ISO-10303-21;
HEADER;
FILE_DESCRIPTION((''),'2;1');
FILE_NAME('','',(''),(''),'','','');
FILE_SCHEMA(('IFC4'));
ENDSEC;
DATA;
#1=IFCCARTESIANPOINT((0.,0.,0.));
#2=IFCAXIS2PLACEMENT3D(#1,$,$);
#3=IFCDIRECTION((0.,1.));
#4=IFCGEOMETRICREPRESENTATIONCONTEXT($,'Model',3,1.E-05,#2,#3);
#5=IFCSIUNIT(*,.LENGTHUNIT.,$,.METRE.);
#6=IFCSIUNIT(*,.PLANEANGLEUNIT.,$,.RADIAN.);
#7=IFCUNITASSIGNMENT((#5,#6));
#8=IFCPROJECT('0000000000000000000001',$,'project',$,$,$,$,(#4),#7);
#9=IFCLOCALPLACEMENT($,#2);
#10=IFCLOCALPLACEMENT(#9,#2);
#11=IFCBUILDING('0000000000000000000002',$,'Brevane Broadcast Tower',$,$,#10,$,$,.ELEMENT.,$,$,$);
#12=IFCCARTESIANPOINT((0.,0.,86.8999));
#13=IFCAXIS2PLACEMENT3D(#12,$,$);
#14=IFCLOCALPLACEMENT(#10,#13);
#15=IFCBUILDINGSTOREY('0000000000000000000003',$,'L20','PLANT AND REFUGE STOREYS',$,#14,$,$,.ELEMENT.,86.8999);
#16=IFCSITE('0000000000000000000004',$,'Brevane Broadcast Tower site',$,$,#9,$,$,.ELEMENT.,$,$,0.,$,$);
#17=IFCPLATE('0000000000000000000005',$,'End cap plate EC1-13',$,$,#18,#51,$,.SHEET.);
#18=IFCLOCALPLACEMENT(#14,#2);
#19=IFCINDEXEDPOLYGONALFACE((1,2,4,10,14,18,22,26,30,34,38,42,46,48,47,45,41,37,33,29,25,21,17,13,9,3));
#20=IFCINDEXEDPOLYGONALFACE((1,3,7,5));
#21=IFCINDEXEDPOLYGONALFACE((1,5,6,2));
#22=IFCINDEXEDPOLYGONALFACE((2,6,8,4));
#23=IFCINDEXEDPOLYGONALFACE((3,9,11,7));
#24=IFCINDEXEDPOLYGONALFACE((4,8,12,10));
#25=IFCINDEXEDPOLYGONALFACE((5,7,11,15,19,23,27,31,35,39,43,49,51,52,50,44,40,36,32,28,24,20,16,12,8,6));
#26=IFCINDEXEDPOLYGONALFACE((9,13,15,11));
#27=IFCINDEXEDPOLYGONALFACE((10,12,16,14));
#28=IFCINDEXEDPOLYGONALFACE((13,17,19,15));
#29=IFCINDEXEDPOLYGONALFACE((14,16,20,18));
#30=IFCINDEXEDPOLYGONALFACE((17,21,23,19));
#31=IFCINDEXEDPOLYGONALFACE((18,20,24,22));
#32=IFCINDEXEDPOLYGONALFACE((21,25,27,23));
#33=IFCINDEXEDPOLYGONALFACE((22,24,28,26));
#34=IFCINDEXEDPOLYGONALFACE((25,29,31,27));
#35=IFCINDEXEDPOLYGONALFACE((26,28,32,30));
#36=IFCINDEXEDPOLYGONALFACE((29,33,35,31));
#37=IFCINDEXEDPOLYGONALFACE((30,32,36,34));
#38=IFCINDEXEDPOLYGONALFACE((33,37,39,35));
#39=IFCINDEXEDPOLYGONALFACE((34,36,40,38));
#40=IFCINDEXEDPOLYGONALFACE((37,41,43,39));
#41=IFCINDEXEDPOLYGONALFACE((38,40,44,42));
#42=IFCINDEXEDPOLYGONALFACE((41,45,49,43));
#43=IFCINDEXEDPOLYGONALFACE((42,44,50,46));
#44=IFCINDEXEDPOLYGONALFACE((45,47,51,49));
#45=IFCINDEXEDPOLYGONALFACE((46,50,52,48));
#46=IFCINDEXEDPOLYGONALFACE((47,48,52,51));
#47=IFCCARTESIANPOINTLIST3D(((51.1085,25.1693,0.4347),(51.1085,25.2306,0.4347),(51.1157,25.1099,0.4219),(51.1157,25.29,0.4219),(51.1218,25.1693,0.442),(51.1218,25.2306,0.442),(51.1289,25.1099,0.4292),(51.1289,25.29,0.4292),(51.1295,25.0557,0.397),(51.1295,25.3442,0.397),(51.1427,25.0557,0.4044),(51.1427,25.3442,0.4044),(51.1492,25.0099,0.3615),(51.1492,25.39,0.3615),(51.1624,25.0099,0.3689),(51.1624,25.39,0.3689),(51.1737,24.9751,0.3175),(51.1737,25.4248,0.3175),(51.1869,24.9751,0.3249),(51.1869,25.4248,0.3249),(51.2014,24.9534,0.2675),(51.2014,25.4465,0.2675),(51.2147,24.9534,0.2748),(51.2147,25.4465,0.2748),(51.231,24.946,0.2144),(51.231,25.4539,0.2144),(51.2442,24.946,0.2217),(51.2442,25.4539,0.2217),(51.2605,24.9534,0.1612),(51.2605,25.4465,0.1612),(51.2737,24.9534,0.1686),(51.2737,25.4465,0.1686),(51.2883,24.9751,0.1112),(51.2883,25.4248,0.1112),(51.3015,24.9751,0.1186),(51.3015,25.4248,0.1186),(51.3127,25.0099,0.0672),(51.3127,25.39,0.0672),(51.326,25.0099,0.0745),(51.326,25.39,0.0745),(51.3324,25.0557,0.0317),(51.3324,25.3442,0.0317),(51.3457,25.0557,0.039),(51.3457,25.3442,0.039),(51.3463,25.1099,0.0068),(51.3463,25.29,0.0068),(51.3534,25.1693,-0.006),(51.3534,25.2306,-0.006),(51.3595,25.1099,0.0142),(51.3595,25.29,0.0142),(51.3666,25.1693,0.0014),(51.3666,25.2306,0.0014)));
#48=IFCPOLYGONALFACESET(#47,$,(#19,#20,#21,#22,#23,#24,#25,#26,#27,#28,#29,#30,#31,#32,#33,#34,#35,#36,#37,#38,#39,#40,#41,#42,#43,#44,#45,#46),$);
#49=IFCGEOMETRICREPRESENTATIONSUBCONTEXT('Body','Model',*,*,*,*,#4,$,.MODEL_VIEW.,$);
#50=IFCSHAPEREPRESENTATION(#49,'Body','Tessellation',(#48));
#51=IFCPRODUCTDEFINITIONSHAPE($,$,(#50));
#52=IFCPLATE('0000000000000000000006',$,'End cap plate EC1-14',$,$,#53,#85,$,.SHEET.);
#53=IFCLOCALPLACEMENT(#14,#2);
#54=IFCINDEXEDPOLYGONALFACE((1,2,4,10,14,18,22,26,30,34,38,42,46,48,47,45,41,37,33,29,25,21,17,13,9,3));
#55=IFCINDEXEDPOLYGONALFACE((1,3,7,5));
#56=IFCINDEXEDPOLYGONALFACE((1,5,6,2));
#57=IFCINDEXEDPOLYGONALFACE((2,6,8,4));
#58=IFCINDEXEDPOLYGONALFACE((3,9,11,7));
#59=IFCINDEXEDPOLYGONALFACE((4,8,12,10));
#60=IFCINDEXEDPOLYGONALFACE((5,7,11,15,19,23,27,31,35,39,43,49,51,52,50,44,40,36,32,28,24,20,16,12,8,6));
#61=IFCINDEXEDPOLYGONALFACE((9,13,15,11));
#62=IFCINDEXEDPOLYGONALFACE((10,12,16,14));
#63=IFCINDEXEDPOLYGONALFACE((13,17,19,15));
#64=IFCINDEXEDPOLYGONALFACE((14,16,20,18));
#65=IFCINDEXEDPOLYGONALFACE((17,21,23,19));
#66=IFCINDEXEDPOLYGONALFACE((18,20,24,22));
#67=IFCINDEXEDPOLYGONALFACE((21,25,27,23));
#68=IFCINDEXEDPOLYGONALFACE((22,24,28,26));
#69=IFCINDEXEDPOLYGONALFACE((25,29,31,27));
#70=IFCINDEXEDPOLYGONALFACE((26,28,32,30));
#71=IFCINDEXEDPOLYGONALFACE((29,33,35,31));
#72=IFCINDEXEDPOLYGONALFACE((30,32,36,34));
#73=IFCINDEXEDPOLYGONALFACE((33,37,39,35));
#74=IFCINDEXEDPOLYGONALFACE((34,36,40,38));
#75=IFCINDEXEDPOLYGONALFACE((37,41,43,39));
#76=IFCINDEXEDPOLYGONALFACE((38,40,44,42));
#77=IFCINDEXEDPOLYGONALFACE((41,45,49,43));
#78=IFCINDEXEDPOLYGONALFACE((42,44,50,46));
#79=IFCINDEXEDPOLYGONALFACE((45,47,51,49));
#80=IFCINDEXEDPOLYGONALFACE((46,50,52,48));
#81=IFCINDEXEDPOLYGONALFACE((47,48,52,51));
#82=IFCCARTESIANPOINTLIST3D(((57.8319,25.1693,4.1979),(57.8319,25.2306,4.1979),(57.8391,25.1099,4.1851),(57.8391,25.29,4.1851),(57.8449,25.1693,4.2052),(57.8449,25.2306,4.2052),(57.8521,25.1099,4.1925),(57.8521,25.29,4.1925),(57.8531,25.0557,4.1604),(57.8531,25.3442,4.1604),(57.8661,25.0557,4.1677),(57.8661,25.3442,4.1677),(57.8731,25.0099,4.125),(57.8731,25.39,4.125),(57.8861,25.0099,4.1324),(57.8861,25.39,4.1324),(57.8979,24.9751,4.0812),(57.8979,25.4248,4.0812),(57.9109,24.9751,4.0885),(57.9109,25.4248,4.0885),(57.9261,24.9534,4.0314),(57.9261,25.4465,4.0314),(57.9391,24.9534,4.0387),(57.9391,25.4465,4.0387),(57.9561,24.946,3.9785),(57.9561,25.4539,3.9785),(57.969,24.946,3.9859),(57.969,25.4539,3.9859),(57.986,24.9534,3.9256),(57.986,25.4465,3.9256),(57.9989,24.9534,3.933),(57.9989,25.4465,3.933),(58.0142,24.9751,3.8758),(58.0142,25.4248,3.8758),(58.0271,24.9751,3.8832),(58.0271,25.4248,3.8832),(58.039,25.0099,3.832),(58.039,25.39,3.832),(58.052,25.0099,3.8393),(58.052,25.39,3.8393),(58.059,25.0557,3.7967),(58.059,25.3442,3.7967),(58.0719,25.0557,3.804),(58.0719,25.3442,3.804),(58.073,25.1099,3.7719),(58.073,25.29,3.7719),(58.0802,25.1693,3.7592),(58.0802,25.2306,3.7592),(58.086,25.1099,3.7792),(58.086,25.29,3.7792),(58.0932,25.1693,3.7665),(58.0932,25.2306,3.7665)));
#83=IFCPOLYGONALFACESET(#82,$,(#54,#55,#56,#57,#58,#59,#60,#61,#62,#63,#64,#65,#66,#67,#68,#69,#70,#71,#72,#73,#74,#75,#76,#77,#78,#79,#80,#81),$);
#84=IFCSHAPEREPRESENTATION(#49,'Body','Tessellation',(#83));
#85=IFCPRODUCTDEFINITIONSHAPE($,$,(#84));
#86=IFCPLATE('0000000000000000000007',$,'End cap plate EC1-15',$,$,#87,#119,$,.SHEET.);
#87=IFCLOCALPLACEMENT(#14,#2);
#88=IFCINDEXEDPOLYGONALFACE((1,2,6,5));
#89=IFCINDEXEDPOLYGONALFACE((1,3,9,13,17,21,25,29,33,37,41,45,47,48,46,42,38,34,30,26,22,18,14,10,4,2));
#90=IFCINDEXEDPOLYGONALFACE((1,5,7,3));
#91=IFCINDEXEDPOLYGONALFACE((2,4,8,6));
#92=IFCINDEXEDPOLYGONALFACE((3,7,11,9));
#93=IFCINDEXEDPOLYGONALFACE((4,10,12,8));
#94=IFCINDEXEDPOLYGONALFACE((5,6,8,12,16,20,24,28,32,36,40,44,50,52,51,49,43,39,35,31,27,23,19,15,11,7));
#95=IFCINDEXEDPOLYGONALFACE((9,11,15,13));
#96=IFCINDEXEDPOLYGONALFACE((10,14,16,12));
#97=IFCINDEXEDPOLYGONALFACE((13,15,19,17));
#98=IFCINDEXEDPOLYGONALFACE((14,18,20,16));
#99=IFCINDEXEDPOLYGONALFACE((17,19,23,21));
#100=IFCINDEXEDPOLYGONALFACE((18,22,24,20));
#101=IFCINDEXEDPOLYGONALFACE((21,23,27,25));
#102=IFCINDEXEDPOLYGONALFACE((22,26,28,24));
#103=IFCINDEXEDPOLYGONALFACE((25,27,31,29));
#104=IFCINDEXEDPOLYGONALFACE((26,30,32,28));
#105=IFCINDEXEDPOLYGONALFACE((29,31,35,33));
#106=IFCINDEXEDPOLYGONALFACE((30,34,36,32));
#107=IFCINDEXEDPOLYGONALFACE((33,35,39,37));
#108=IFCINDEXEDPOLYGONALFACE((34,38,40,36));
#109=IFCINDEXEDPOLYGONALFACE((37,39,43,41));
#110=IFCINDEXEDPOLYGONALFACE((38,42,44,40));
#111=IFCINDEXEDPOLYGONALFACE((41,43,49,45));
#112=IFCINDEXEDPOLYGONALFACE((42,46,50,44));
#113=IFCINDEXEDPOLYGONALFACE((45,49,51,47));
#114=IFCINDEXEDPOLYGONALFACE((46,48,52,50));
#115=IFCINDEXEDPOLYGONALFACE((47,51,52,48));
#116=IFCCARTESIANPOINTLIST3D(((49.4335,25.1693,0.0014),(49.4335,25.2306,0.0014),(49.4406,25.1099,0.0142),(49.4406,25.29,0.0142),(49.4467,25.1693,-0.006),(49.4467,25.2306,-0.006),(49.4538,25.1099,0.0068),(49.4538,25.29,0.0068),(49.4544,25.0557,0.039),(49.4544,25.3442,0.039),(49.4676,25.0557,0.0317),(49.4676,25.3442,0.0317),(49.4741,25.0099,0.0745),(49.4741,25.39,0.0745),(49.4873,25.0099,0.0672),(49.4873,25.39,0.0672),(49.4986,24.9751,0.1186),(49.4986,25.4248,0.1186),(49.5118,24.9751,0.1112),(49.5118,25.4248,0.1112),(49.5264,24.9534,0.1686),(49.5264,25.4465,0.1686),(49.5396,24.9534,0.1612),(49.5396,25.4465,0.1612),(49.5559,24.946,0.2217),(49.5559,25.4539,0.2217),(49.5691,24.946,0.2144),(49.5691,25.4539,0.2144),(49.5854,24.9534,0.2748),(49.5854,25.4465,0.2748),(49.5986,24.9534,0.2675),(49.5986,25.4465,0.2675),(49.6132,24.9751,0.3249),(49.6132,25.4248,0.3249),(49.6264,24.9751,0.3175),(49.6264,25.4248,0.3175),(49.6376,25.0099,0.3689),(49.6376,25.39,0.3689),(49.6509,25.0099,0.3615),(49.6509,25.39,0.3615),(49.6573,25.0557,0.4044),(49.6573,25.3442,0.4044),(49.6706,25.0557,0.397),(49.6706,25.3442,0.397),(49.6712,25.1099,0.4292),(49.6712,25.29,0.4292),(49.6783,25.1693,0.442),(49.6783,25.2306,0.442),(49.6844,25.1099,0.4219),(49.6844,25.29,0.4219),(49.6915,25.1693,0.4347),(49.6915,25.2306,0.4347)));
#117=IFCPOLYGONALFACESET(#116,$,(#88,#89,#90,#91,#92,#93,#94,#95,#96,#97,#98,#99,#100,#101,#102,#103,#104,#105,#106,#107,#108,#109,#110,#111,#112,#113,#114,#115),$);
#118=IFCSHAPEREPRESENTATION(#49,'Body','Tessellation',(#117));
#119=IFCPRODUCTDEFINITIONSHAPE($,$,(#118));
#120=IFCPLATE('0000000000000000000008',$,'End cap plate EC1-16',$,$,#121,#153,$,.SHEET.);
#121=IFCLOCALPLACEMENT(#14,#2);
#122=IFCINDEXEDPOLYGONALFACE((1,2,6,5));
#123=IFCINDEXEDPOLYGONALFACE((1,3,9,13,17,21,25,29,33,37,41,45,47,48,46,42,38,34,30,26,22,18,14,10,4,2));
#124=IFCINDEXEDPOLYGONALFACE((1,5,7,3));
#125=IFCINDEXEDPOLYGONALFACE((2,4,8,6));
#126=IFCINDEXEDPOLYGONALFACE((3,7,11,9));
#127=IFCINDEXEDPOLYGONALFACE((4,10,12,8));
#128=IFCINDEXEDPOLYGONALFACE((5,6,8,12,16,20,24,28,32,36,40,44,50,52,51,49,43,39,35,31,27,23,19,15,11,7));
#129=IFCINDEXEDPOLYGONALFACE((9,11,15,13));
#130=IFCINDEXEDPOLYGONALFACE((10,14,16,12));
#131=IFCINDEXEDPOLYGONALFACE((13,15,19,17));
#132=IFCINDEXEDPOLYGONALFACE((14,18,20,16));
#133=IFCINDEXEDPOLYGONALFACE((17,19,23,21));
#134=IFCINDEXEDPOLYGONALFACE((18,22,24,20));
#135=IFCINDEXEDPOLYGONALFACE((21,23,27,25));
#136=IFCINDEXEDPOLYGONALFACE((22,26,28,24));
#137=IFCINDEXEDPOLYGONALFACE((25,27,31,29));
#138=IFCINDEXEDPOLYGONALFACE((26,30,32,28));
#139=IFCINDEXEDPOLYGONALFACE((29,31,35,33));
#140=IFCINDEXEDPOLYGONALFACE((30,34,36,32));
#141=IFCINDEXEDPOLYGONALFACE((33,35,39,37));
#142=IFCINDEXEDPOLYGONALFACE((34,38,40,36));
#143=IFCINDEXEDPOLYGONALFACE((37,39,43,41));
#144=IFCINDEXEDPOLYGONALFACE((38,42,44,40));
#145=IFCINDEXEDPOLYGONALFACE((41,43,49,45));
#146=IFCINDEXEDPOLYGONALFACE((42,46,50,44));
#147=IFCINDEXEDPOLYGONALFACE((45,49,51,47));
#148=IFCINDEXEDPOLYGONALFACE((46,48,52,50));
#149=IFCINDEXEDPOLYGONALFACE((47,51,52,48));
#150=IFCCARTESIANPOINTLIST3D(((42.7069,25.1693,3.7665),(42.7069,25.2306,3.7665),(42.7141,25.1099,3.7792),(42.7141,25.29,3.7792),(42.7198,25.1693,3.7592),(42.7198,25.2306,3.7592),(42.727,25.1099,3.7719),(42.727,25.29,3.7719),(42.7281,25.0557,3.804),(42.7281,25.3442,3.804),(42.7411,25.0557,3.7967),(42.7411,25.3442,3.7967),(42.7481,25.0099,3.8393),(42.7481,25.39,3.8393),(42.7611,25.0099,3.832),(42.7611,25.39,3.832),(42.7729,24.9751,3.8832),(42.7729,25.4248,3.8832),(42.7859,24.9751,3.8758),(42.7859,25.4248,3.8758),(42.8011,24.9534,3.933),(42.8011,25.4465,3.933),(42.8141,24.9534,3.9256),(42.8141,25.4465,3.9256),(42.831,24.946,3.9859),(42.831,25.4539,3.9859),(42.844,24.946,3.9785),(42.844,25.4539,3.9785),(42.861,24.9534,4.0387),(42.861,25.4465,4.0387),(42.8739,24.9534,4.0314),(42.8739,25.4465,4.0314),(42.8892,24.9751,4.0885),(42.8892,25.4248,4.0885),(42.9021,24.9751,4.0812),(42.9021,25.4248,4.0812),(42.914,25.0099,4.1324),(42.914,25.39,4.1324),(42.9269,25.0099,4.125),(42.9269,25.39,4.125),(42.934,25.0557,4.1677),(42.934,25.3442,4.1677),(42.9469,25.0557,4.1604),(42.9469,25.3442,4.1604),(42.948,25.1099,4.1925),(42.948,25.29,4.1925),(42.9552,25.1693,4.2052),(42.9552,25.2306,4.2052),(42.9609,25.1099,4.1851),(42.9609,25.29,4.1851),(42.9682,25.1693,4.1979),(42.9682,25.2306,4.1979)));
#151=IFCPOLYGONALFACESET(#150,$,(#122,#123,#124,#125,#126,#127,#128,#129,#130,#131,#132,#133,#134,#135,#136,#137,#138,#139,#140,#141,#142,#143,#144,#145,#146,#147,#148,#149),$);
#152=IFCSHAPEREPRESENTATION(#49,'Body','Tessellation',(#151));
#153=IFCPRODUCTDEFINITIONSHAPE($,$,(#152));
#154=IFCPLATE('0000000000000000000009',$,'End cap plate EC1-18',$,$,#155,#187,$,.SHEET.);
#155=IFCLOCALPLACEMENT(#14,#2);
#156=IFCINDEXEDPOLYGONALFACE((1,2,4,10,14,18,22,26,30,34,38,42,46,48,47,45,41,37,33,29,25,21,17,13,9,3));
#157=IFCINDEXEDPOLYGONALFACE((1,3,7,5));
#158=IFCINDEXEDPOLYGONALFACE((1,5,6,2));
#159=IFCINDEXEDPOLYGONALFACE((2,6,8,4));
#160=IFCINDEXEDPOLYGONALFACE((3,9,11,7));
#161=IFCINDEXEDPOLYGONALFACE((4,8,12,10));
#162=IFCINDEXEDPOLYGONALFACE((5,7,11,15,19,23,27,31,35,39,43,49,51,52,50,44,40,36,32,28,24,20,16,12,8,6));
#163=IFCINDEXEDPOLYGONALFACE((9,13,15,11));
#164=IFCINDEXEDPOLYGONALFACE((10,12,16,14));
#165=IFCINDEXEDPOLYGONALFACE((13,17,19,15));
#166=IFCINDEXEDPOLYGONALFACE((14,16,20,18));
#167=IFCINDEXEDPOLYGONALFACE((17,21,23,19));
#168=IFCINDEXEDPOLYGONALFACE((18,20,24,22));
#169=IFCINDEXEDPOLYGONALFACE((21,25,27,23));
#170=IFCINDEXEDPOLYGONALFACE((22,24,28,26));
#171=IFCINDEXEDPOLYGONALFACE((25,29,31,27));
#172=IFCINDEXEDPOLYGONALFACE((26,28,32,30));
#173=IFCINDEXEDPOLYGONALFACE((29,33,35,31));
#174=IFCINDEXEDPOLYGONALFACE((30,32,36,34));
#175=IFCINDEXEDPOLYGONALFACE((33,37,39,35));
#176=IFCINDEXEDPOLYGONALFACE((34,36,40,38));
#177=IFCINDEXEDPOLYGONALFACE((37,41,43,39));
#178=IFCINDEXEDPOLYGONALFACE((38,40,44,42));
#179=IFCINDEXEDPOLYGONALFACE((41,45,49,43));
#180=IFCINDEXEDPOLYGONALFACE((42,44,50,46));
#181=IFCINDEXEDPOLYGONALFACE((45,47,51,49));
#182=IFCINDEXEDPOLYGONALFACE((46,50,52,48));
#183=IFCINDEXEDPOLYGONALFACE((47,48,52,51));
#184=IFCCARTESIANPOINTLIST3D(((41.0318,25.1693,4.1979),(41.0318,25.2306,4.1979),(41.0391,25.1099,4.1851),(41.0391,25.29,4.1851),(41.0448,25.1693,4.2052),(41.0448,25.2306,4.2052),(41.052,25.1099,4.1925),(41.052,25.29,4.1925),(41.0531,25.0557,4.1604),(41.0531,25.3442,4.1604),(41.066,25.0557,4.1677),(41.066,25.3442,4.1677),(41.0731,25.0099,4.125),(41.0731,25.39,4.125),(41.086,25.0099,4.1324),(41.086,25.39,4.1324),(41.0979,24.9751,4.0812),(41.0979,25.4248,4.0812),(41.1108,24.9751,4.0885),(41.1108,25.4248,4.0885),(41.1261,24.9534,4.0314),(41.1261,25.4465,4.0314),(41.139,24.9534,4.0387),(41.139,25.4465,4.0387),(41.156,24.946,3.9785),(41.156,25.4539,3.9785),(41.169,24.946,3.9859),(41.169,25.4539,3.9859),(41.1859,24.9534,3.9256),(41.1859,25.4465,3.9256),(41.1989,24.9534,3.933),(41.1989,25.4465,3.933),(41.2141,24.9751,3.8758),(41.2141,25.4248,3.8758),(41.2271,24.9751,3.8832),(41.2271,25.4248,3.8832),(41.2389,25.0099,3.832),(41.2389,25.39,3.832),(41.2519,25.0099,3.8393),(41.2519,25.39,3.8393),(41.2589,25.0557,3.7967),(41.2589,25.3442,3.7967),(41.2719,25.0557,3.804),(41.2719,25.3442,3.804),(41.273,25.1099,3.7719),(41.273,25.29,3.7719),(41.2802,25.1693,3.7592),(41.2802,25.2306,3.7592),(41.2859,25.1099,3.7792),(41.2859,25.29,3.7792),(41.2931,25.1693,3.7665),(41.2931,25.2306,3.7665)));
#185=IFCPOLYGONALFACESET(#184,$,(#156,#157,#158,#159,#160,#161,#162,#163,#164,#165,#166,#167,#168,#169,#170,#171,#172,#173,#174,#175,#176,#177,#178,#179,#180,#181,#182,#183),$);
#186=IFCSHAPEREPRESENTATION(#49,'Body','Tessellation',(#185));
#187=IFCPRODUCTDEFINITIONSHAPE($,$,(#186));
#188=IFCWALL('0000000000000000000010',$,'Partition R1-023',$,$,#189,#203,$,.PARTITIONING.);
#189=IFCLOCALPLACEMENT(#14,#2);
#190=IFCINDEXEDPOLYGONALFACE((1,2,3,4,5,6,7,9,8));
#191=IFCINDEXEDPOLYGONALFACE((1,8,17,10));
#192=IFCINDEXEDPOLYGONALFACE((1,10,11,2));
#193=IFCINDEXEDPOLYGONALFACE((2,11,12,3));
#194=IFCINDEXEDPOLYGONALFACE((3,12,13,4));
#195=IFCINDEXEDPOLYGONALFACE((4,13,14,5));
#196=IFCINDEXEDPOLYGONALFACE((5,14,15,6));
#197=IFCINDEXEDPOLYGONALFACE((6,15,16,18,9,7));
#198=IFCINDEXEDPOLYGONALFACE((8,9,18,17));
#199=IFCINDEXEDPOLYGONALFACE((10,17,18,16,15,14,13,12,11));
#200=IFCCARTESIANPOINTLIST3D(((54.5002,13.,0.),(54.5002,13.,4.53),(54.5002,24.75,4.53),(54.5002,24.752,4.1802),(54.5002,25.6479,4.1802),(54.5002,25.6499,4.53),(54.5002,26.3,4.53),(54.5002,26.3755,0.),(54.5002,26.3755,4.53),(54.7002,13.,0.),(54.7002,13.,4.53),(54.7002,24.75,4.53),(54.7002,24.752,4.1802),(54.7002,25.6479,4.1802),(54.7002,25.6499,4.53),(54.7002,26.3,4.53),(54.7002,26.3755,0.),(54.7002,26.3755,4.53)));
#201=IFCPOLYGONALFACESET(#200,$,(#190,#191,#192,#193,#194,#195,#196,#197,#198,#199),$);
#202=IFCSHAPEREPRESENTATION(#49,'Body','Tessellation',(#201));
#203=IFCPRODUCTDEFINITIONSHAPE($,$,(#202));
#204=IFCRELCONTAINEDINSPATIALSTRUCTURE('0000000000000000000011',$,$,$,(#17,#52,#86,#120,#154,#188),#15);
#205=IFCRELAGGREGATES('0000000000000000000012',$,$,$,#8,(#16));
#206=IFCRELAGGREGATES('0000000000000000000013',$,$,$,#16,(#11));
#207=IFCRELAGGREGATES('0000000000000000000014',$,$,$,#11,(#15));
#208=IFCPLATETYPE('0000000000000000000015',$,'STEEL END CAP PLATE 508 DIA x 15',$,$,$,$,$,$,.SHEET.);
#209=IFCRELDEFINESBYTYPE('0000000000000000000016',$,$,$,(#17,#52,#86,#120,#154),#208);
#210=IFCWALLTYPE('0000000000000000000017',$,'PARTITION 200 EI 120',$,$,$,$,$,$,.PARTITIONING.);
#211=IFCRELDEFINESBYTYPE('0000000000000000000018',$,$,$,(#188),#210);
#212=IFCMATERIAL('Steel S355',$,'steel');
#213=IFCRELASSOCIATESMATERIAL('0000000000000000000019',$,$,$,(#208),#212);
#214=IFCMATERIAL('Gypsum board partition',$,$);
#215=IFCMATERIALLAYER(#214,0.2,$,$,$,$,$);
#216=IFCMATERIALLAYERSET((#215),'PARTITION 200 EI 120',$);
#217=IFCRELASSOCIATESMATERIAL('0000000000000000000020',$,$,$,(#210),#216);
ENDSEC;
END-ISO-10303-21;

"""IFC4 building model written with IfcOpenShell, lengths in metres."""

from ifc_helpers import new_model, si_unit, direction, frame, origin, origin_2d, place, context, subcontext, project, spatial, polyline, circle, outline, extrude, material, layer, layer_set, material_profile, profile_set, type_object, element, save


model = new_model("IFC4")

# Units and contexts
model_context = context("Model", 3, precision=1e-05, world=origin(), true_north=direction((0.0, 1.0)))
body_context = subcontext(model_context, "Body", "Model", "MODEL_VIEW")
ifc_project = project(units=[si_unit("LENGTHUNIT", "METRE"), si_unit("PLANEANGLEUNIT", "RADIAN")], contexts=[model_context])

# Site, building, storey
site_placement = place(None, origin())
site = spatial("IfcSite", under=ifc_project, at=site_placement, Name="Brevane Broadcast Tower site", CompositionType="ELEMENT", RefElevation=0.0)
building_placement = place(site_placement, origin())
building = spatial("IfcBuilding", under=site, at=building_placement, Name="Brevane Broadcast Tower", CompositionType="ELEMENT")
storey_placement = place(building_placement, frame((0.0, 0.0, 86.8999)))
storey = spatial("IfcBuildingStorey", under=building, at=storey_placement, Name="L20", Description="PLANT AND REFUGE STOREYS", CompositionType="ELEMENT", Elevation=86.8999)

# Shared definitions
ifc_material_1 = material(Name="Steel S355", Category="steel")

# Plates
ifc_material_profile_1 = material_profile(ifc_material_1, circle(Radius=0.2539, at=origin_2d()), Name="PL 508 DIA x 15")
ifc_profile_set_1 = profile_set([ifc_material_profile_1], Name="Steel S355")
plate_type = type_object("IfcPlateType", Name="STEEL END CAP PLATE 508 DIA x 15", PredefinedType="SHEET", material=ifc_profile_set_1)
plate_1_placement = place(storey_placement, frame((51.231, 25.2, 0.2144), z_axis=(0.874157, 0.0, 0.485643), x_axis=(0.0, 1.0, 0.0)))
element("IfcPlate", 1, at=plate_1_placement, inside=storey, type_object=plate_type, Name="End cap plate EC1-13", PredefinedType="SHEET", context=body_context, shape_type="SweptSolid", body=[
    extrude(circle(Radius=0.2539, at=origin_2d()), origin(), (0.0, 0.0, 1.0), 0.0151),
])
plate_2_placement = place(storey_placement, frame((57.9561, 25.2, 3.9785), z_axis=(0.870257, 0.0, 0.492598), x_axis=(0.0, 1.0, 0.0)))
element("IfcPlate", 2, at=plate_2_placement, inside=storey, type_object=plate_type, Name="End cap plate EC1-14", PredefinedType="SHEET", context=body_context, shape_type="SweptSolid", body=[
    extrude(circle(Radius=0.2539, at=origin_2d()), origin(), (0.0, 0.0, 1.0), 0.0149),
])
plate_3_placement = place(storey_placement, frame((49.5691, 25.2, 0.2144), z_axis=(-0.874157, 0.0, 0.485643), x_axis=(0.0, -1.0, 0.0)))
element("IfcPlate", 3, at=plate_3_placement, inside=storey, type_object=plate_type, Name="End cap plate EC1-15", PredefinedType="SHEET", context=body_context, shape_type="SweptSolid", body=[
    extrude(circle(Radius=0.2539, at=origin_2d()), origin(), (0.0, 0.0, 1.0), 0.0151),
])
for number, where, z_axis, x_axis, name in (
    (4, (42.844, 25.2, 3.9785), (-0.870257, 0.0, 0.492598), (0.0, -1.0, 0.0), "End cap plate EC1-16"),
    (5, (41.156, 25.2, 3.9785), (0.870257, 0.0, 0.492598), (0.0, 1.0, 0.0), "End cap plate EC1-18"),
):
    element("IfcPlate", number, at=place(storey_placement, frame(where, z_axis=z_axis, x_axis=x_axis)), inside=storey, type_object=plate_type, Name=name, PredefinedType="SHEET", context=body_context, shape_type="SweptSolid", body=[
        extrude(circle(Radius=0.2539, at=origin_2d()), origin(), (0.0, 0.0, 1.0), 0.0149),
    ])

# Wall
ifc_material_2 = material(Name="Gypsum board partition")
ifc_layer = layer(ifc_material_2, 0.2)
ifc_layer_set = layer_set([ifc_layer], Name="PARTITION 200 EI 120")
wall_type = type_object("IfcWallType", Name="PARTITION 200 EI 120", PredefinedType="PARTITIONING", material=ifc_layer_set)
wall_placement = place(storey_placement, frame((54.6001, 26.3755, 0.0), z_axis=(0.0, 0.0, 1.0), x_axis=(0.0, -1.0, 0.0)))
element("IfcWall", 6, at=wall_placement, inside=storey, type_object=wall_type, Name="Partition R1-023", PredefinedType="PARTITIONING", context=body_context, shape_type="SweptSolid", body=[
    extrude(outline(polyline([(0.0, 0.0), (13.3755, 0.0), (13.3755, 4.53), (1.6255, 4.53), (1.6235, 4.1802), (0.7275, 4.1802), (0.7256, 4.53), (0.0754, 4.53), (0.0, 4.53), (0.0, 0.0)])), frame((0.0, 0.1001, 0.0), z_axis=(0.0, -1.0, 0.0), x_axis=(1.0, 0.0, 0.0)), (0.0, 0.0, 1.0), 0.2),
])

save(model, "model.ifc")
